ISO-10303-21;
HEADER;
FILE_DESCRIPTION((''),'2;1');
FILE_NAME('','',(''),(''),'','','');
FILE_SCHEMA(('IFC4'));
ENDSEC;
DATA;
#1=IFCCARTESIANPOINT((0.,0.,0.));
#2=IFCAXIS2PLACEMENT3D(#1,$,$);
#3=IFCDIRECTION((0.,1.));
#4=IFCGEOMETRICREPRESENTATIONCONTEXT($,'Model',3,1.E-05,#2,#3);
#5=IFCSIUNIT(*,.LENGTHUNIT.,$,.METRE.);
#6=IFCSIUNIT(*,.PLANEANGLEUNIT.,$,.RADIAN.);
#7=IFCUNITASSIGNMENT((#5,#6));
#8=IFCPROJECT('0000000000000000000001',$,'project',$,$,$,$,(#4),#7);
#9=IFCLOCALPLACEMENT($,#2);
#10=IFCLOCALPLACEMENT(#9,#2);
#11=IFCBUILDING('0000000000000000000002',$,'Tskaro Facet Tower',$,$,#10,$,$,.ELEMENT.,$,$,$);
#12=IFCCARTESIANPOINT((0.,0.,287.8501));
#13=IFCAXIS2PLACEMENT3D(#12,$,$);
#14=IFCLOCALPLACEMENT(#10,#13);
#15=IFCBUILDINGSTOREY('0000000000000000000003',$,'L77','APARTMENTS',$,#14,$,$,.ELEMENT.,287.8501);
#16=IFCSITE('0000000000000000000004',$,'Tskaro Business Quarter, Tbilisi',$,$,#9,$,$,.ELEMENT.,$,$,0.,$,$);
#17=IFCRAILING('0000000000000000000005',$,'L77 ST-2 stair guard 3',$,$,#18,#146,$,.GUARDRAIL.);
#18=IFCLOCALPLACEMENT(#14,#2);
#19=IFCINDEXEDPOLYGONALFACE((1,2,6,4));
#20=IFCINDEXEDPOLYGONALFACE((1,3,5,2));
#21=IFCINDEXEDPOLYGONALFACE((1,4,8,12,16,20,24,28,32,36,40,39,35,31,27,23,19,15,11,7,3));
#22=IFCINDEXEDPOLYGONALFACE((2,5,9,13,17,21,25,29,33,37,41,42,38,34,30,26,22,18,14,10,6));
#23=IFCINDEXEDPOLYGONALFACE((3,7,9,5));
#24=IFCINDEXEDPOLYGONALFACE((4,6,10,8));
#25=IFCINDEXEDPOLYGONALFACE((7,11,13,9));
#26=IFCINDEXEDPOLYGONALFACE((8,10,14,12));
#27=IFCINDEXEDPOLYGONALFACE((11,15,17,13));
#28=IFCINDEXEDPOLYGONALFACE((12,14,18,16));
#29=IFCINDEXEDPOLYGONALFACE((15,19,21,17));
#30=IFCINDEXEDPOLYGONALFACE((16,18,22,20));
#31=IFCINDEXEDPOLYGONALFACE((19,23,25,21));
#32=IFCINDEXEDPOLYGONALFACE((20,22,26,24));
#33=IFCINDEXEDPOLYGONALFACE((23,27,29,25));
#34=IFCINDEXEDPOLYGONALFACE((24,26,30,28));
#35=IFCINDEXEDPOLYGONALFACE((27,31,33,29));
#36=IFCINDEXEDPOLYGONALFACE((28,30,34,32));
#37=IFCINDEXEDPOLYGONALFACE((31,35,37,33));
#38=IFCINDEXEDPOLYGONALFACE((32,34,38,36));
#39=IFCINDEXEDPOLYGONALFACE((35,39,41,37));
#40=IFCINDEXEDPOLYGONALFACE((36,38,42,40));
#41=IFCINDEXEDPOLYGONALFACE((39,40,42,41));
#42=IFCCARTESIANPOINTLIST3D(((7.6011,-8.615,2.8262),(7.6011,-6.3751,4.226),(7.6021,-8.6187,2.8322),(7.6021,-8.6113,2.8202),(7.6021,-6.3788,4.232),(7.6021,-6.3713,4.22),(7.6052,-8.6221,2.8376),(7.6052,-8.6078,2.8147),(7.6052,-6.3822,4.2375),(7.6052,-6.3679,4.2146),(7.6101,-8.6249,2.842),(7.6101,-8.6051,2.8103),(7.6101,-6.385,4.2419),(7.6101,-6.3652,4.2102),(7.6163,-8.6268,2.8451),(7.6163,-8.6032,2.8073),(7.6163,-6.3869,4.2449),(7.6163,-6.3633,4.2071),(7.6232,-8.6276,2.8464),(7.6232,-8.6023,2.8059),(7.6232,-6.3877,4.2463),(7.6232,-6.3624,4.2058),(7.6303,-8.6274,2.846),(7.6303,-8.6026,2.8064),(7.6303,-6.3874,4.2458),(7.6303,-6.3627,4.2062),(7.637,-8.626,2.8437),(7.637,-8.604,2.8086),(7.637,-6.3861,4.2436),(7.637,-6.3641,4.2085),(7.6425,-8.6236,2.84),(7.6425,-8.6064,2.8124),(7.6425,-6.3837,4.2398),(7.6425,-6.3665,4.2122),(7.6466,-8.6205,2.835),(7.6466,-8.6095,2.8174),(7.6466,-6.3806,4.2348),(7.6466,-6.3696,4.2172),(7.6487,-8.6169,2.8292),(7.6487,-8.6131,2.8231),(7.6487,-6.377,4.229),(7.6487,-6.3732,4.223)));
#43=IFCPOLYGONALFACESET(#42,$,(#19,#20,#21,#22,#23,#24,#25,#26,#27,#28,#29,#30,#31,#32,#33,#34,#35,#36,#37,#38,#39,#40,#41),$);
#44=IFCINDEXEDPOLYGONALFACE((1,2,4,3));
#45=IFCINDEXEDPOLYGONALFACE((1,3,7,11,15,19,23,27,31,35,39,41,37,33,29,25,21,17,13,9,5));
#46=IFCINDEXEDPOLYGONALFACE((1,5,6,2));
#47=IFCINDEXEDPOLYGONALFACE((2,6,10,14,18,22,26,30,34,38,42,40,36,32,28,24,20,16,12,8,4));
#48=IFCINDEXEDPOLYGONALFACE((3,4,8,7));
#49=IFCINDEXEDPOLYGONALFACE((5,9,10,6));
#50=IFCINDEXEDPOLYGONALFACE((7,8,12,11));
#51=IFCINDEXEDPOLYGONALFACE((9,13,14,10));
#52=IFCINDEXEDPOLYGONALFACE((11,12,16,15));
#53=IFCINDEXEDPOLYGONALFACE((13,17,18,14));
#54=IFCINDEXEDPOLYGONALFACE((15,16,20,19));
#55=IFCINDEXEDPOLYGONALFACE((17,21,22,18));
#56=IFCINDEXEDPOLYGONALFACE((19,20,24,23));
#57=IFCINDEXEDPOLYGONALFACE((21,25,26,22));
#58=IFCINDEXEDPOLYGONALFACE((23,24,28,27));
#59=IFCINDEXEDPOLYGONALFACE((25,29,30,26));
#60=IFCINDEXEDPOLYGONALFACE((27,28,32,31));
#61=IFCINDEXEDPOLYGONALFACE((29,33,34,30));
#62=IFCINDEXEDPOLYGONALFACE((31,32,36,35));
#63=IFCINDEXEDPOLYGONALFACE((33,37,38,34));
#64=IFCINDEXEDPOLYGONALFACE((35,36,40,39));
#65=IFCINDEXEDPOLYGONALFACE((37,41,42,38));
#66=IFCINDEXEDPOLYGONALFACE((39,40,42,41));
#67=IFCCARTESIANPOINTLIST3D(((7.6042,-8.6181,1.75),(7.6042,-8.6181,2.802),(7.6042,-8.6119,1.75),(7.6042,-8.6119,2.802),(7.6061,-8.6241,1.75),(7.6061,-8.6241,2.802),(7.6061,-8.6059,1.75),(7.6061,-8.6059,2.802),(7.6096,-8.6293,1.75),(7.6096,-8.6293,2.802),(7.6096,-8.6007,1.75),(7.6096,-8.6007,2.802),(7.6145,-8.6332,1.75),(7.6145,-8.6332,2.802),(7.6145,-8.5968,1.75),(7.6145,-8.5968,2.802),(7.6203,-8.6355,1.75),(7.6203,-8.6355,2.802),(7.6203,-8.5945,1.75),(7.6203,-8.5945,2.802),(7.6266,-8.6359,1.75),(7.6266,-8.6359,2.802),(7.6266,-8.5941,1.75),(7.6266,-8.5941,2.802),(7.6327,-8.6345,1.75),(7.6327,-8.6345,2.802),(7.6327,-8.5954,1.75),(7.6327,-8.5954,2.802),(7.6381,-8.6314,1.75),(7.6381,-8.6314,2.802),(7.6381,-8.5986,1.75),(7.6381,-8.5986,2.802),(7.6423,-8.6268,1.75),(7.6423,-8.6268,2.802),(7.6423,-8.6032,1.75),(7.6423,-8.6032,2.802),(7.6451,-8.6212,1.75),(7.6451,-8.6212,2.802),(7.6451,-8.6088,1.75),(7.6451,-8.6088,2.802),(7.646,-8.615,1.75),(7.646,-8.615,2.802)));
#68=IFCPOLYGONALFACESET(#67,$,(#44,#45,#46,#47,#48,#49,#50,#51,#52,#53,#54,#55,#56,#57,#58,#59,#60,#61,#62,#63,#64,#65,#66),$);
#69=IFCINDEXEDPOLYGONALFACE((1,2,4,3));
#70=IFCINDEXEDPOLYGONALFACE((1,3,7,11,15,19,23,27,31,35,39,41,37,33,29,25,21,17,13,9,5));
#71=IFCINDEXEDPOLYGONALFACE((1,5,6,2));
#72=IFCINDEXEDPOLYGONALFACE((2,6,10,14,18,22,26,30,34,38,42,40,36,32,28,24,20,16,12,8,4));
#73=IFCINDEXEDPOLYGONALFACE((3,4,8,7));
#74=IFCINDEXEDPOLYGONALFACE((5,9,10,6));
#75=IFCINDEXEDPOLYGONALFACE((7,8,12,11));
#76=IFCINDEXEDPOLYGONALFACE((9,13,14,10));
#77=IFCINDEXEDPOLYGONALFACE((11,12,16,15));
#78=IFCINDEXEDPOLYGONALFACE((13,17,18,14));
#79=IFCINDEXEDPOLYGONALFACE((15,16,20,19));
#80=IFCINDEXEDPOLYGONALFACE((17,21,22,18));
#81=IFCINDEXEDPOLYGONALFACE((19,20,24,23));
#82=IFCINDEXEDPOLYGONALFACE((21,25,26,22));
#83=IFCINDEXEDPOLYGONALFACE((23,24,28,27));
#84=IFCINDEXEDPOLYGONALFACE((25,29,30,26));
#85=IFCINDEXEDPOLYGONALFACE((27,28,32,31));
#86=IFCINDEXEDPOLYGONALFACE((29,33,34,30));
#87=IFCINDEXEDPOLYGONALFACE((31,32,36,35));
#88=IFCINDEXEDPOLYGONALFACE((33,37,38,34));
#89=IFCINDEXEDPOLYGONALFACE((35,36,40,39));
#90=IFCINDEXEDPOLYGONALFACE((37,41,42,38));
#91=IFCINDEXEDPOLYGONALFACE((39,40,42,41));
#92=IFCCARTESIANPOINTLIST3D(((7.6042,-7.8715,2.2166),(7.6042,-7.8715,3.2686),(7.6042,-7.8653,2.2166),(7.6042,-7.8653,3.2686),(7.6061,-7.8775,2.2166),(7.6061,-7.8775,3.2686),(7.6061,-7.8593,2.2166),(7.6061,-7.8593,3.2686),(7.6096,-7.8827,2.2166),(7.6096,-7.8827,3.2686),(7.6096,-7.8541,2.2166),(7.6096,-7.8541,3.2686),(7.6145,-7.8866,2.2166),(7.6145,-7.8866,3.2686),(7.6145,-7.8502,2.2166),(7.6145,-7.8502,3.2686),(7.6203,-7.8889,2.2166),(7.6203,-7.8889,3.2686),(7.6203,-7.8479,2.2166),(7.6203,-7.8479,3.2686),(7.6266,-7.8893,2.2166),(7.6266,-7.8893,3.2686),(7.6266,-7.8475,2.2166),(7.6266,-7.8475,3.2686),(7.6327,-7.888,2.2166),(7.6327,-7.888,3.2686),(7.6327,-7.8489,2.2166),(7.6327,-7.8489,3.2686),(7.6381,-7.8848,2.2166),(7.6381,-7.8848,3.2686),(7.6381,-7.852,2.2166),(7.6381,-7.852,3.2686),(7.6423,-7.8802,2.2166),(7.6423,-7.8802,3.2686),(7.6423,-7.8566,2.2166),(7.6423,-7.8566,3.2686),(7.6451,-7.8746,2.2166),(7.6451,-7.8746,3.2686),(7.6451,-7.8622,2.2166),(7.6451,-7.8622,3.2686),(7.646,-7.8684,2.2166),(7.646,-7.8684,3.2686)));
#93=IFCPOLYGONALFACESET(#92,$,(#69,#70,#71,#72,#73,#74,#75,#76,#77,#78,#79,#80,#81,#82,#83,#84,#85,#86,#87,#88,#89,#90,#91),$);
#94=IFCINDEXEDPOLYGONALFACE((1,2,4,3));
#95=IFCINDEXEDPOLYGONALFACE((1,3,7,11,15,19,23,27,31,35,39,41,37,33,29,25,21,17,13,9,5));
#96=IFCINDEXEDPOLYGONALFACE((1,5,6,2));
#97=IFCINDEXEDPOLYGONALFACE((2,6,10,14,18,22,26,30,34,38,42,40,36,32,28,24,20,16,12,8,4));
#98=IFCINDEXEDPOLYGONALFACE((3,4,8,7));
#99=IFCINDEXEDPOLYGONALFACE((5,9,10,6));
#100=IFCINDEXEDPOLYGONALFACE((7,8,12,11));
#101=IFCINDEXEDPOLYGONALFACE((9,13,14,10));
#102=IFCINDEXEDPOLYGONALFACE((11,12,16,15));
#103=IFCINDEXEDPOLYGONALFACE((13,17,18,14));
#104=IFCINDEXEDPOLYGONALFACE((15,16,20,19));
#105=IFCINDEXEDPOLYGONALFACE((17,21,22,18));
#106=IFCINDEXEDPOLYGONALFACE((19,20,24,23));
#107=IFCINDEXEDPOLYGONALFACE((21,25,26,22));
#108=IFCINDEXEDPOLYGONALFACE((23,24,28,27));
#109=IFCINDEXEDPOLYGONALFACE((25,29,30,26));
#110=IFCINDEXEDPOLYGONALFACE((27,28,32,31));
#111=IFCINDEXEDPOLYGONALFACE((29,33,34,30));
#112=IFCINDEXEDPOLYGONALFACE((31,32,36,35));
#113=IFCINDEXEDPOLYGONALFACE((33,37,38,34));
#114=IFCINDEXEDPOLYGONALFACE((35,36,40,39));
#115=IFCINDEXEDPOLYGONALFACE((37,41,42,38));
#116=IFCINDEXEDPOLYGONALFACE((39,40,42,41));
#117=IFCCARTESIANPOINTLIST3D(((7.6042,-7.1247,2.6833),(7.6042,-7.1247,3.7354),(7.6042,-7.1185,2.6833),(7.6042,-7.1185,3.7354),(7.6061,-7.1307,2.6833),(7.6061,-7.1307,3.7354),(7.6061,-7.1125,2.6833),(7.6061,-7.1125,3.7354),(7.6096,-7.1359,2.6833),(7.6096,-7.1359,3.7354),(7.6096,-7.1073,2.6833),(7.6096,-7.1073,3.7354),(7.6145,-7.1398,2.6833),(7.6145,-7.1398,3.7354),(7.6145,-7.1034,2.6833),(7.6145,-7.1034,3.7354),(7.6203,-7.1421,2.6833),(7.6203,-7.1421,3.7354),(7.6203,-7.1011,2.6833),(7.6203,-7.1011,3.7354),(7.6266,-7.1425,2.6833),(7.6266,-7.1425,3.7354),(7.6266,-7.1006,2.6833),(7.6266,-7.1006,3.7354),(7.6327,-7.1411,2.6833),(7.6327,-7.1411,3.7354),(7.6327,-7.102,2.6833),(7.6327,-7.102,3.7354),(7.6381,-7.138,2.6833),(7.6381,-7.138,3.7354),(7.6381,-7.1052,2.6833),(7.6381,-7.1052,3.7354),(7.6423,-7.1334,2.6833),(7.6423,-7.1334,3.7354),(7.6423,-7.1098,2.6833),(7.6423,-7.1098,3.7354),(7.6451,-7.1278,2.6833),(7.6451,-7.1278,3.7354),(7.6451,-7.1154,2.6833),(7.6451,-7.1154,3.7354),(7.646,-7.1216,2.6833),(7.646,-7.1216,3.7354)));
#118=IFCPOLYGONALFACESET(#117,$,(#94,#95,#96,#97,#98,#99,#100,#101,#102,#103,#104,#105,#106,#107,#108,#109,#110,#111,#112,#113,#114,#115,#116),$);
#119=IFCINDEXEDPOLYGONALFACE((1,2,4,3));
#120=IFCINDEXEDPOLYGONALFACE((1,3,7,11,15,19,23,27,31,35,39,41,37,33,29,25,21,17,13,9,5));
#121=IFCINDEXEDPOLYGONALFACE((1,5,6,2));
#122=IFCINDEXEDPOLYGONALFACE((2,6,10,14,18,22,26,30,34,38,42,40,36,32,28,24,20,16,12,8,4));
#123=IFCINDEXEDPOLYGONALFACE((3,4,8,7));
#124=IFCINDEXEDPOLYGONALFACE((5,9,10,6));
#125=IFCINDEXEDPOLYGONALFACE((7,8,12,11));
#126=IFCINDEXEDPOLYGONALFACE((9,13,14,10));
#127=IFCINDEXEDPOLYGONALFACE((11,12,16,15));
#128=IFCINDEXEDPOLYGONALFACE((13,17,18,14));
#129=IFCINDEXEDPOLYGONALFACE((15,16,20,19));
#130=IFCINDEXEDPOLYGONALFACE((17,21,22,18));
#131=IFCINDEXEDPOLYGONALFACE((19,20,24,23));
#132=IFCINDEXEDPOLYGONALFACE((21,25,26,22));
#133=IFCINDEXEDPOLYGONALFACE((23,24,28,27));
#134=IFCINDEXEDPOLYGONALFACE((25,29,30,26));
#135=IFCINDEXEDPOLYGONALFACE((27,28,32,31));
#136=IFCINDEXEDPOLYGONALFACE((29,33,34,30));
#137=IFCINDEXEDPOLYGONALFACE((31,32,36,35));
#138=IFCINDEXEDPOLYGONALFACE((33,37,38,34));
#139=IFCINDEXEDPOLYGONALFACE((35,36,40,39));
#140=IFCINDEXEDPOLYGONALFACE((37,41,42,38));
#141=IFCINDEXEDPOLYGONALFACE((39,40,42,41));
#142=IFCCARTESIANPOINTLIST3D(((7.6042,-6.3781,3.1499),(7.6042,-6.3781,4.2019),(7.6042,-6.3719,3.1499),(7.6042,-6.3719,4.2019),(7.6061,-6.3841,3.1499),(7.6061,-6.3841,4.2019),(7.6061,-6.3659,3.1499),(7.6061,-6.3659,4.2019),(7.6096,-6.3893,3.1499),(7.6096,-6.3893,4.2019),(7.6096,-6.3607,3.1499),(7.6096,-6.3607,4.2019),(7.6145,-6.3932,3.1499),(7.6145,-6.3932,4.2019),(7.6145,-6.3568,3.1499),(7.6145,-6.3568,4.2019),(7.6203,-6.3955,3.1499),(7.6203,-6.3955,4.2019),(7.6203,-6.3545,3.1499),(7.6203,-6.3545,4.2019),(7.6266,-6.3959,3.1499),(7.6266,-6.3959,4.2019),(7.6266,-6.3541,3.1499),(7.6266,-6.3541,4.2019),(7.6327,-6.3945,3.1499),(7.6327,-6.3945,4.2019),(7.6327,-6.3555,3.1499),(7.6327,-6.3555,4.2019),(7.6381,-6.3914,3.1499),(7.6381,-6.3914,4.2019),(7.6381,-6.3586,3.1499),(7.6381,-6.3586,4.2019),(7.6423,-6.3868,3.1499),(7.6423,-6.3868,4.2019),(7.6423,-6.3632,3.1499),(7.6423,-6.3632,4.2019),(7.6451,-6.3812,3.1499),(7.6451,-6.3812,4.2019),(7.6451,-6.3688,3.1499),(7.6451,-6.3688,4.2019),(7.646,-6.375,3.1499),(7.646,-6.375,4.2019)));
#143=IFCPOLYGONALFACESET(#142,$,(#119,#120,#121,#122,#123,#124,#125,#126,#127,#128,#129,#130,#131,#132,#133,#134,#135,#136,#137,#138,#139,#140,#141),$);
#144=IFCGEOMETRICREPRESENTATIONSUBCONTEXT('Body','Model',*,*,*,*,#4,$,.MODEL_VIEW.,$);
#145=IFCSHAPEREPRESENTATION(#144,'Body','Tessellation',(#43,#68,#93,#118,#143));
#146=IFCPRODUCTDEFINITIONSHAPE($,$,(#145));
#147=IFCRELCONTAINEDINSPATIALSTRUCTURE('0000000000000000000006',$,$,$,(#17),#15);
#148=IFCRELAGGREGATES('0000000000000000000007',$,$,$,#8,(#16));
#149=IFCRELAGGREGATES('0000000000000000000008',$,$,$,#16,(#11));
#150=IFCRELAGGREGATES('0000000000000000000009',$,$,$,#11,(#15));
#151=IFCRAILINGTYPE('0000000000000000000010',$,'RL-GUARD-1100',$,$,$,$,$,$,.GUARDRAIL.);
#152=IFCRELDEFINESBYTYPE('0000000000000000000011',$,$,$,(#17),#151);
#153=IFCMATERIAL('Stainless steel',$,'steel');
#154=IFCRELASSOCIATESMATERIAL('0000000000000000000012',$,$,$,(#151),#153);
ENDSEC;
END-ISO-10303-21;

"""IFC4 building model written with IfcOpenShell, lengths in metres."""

from ifc_helpers import new_model, si_unit, direction, frame, origin, origin_2d, place, context, subcontext, project, spatial, circle, extrude, material, type_object, element, save


model = new_model("IFC4")

# Units and contexts
model_context = context("Model", 3, precision=1e-05, world=origin(), true_north=direction((0.0, 1.0)))
body_context = subcontext(model_context, "Body", "Model", "MODEL_VIEW")
ifc_project = project(units=[si_unit("LENGTHUNIT", "METRE"), si_unit("PLANEANGLEUNIT", "RADIAN")], contexts=[model_context])

# Site, building, storey
site_placement = place(None, origin())
site = spatial("IfcSite", under=ifc_project, at=site_placement, Name="Tskaro Business Quarter, Tbilisi", CompositionType="ELEMENT", RefElevation=0.0)
building_placement = place(site_placement, origin())
building = spatial("IfcBuilding", under=site, at=building_placement, Name="Tskaro Facet Tower", CompositionType="ELEMENT")
storey_placement = place(building_placement, frame((0.0, 0.0, 287.8501)))
storey = spatial("IfcBuildingStorey", under=building, at=storey_placement, Name="L77", Description="APARTMENTS", CompositionType="ELEMENT", Elevation=287.8501)

# Railing
ifc_material_1 = material(Name="Stainless steel", Category="steel")
railing_type_1 = type_object("IfcRailingType", Name="RL-GUARD-1100", PredefinedType="GUARDRAIL", material=ifc_material_1)
railing_1_placement = place(storey_placement, frame((7.625, -8.615, 1.75)))
element("IfcRailing", 1, at=railing_1_placement, inside=storey, type_object=railing_type_1, Name="L77 ST-2 stair guard 3", PredefinedType="GUARDRAIL", context=body_context, shape_type="SweptSolid", body=[
    extrude(circle(Radius=0.0239, at=origin_2d()), frame((0.0, 0.0, 1.0762), z_axis=(0.0, 0.848014, 0.529974), x_axis=(-1.0, 0.0, 0.0)), (0.0, 0.0, 1.0), 2.6414),
    extrude(circle(Radius=0.021, at=origin_2d()), origin(), (0.0, 0.0, 1.0), 1.052),
    extrude(circle(Radius=0.021, at=origin_2d()), frame((0.0, 0.7466, 0.4666)), (0.0, 0.0, 1.0), 1.052),
    extrude(circle(Radius=0.021, at=origin_2d()), frame((0.0, 1.4934, 0.9333)), (0.0, 0.0, 1.0), 1.052),
    extrude(circle(Radius=0.021, at=origin_2d()), frame((0.0, 2.24, 1.3999)), (0.0, 0.0, 1.0), 1.052),
])

save(model, "model.ifc")
